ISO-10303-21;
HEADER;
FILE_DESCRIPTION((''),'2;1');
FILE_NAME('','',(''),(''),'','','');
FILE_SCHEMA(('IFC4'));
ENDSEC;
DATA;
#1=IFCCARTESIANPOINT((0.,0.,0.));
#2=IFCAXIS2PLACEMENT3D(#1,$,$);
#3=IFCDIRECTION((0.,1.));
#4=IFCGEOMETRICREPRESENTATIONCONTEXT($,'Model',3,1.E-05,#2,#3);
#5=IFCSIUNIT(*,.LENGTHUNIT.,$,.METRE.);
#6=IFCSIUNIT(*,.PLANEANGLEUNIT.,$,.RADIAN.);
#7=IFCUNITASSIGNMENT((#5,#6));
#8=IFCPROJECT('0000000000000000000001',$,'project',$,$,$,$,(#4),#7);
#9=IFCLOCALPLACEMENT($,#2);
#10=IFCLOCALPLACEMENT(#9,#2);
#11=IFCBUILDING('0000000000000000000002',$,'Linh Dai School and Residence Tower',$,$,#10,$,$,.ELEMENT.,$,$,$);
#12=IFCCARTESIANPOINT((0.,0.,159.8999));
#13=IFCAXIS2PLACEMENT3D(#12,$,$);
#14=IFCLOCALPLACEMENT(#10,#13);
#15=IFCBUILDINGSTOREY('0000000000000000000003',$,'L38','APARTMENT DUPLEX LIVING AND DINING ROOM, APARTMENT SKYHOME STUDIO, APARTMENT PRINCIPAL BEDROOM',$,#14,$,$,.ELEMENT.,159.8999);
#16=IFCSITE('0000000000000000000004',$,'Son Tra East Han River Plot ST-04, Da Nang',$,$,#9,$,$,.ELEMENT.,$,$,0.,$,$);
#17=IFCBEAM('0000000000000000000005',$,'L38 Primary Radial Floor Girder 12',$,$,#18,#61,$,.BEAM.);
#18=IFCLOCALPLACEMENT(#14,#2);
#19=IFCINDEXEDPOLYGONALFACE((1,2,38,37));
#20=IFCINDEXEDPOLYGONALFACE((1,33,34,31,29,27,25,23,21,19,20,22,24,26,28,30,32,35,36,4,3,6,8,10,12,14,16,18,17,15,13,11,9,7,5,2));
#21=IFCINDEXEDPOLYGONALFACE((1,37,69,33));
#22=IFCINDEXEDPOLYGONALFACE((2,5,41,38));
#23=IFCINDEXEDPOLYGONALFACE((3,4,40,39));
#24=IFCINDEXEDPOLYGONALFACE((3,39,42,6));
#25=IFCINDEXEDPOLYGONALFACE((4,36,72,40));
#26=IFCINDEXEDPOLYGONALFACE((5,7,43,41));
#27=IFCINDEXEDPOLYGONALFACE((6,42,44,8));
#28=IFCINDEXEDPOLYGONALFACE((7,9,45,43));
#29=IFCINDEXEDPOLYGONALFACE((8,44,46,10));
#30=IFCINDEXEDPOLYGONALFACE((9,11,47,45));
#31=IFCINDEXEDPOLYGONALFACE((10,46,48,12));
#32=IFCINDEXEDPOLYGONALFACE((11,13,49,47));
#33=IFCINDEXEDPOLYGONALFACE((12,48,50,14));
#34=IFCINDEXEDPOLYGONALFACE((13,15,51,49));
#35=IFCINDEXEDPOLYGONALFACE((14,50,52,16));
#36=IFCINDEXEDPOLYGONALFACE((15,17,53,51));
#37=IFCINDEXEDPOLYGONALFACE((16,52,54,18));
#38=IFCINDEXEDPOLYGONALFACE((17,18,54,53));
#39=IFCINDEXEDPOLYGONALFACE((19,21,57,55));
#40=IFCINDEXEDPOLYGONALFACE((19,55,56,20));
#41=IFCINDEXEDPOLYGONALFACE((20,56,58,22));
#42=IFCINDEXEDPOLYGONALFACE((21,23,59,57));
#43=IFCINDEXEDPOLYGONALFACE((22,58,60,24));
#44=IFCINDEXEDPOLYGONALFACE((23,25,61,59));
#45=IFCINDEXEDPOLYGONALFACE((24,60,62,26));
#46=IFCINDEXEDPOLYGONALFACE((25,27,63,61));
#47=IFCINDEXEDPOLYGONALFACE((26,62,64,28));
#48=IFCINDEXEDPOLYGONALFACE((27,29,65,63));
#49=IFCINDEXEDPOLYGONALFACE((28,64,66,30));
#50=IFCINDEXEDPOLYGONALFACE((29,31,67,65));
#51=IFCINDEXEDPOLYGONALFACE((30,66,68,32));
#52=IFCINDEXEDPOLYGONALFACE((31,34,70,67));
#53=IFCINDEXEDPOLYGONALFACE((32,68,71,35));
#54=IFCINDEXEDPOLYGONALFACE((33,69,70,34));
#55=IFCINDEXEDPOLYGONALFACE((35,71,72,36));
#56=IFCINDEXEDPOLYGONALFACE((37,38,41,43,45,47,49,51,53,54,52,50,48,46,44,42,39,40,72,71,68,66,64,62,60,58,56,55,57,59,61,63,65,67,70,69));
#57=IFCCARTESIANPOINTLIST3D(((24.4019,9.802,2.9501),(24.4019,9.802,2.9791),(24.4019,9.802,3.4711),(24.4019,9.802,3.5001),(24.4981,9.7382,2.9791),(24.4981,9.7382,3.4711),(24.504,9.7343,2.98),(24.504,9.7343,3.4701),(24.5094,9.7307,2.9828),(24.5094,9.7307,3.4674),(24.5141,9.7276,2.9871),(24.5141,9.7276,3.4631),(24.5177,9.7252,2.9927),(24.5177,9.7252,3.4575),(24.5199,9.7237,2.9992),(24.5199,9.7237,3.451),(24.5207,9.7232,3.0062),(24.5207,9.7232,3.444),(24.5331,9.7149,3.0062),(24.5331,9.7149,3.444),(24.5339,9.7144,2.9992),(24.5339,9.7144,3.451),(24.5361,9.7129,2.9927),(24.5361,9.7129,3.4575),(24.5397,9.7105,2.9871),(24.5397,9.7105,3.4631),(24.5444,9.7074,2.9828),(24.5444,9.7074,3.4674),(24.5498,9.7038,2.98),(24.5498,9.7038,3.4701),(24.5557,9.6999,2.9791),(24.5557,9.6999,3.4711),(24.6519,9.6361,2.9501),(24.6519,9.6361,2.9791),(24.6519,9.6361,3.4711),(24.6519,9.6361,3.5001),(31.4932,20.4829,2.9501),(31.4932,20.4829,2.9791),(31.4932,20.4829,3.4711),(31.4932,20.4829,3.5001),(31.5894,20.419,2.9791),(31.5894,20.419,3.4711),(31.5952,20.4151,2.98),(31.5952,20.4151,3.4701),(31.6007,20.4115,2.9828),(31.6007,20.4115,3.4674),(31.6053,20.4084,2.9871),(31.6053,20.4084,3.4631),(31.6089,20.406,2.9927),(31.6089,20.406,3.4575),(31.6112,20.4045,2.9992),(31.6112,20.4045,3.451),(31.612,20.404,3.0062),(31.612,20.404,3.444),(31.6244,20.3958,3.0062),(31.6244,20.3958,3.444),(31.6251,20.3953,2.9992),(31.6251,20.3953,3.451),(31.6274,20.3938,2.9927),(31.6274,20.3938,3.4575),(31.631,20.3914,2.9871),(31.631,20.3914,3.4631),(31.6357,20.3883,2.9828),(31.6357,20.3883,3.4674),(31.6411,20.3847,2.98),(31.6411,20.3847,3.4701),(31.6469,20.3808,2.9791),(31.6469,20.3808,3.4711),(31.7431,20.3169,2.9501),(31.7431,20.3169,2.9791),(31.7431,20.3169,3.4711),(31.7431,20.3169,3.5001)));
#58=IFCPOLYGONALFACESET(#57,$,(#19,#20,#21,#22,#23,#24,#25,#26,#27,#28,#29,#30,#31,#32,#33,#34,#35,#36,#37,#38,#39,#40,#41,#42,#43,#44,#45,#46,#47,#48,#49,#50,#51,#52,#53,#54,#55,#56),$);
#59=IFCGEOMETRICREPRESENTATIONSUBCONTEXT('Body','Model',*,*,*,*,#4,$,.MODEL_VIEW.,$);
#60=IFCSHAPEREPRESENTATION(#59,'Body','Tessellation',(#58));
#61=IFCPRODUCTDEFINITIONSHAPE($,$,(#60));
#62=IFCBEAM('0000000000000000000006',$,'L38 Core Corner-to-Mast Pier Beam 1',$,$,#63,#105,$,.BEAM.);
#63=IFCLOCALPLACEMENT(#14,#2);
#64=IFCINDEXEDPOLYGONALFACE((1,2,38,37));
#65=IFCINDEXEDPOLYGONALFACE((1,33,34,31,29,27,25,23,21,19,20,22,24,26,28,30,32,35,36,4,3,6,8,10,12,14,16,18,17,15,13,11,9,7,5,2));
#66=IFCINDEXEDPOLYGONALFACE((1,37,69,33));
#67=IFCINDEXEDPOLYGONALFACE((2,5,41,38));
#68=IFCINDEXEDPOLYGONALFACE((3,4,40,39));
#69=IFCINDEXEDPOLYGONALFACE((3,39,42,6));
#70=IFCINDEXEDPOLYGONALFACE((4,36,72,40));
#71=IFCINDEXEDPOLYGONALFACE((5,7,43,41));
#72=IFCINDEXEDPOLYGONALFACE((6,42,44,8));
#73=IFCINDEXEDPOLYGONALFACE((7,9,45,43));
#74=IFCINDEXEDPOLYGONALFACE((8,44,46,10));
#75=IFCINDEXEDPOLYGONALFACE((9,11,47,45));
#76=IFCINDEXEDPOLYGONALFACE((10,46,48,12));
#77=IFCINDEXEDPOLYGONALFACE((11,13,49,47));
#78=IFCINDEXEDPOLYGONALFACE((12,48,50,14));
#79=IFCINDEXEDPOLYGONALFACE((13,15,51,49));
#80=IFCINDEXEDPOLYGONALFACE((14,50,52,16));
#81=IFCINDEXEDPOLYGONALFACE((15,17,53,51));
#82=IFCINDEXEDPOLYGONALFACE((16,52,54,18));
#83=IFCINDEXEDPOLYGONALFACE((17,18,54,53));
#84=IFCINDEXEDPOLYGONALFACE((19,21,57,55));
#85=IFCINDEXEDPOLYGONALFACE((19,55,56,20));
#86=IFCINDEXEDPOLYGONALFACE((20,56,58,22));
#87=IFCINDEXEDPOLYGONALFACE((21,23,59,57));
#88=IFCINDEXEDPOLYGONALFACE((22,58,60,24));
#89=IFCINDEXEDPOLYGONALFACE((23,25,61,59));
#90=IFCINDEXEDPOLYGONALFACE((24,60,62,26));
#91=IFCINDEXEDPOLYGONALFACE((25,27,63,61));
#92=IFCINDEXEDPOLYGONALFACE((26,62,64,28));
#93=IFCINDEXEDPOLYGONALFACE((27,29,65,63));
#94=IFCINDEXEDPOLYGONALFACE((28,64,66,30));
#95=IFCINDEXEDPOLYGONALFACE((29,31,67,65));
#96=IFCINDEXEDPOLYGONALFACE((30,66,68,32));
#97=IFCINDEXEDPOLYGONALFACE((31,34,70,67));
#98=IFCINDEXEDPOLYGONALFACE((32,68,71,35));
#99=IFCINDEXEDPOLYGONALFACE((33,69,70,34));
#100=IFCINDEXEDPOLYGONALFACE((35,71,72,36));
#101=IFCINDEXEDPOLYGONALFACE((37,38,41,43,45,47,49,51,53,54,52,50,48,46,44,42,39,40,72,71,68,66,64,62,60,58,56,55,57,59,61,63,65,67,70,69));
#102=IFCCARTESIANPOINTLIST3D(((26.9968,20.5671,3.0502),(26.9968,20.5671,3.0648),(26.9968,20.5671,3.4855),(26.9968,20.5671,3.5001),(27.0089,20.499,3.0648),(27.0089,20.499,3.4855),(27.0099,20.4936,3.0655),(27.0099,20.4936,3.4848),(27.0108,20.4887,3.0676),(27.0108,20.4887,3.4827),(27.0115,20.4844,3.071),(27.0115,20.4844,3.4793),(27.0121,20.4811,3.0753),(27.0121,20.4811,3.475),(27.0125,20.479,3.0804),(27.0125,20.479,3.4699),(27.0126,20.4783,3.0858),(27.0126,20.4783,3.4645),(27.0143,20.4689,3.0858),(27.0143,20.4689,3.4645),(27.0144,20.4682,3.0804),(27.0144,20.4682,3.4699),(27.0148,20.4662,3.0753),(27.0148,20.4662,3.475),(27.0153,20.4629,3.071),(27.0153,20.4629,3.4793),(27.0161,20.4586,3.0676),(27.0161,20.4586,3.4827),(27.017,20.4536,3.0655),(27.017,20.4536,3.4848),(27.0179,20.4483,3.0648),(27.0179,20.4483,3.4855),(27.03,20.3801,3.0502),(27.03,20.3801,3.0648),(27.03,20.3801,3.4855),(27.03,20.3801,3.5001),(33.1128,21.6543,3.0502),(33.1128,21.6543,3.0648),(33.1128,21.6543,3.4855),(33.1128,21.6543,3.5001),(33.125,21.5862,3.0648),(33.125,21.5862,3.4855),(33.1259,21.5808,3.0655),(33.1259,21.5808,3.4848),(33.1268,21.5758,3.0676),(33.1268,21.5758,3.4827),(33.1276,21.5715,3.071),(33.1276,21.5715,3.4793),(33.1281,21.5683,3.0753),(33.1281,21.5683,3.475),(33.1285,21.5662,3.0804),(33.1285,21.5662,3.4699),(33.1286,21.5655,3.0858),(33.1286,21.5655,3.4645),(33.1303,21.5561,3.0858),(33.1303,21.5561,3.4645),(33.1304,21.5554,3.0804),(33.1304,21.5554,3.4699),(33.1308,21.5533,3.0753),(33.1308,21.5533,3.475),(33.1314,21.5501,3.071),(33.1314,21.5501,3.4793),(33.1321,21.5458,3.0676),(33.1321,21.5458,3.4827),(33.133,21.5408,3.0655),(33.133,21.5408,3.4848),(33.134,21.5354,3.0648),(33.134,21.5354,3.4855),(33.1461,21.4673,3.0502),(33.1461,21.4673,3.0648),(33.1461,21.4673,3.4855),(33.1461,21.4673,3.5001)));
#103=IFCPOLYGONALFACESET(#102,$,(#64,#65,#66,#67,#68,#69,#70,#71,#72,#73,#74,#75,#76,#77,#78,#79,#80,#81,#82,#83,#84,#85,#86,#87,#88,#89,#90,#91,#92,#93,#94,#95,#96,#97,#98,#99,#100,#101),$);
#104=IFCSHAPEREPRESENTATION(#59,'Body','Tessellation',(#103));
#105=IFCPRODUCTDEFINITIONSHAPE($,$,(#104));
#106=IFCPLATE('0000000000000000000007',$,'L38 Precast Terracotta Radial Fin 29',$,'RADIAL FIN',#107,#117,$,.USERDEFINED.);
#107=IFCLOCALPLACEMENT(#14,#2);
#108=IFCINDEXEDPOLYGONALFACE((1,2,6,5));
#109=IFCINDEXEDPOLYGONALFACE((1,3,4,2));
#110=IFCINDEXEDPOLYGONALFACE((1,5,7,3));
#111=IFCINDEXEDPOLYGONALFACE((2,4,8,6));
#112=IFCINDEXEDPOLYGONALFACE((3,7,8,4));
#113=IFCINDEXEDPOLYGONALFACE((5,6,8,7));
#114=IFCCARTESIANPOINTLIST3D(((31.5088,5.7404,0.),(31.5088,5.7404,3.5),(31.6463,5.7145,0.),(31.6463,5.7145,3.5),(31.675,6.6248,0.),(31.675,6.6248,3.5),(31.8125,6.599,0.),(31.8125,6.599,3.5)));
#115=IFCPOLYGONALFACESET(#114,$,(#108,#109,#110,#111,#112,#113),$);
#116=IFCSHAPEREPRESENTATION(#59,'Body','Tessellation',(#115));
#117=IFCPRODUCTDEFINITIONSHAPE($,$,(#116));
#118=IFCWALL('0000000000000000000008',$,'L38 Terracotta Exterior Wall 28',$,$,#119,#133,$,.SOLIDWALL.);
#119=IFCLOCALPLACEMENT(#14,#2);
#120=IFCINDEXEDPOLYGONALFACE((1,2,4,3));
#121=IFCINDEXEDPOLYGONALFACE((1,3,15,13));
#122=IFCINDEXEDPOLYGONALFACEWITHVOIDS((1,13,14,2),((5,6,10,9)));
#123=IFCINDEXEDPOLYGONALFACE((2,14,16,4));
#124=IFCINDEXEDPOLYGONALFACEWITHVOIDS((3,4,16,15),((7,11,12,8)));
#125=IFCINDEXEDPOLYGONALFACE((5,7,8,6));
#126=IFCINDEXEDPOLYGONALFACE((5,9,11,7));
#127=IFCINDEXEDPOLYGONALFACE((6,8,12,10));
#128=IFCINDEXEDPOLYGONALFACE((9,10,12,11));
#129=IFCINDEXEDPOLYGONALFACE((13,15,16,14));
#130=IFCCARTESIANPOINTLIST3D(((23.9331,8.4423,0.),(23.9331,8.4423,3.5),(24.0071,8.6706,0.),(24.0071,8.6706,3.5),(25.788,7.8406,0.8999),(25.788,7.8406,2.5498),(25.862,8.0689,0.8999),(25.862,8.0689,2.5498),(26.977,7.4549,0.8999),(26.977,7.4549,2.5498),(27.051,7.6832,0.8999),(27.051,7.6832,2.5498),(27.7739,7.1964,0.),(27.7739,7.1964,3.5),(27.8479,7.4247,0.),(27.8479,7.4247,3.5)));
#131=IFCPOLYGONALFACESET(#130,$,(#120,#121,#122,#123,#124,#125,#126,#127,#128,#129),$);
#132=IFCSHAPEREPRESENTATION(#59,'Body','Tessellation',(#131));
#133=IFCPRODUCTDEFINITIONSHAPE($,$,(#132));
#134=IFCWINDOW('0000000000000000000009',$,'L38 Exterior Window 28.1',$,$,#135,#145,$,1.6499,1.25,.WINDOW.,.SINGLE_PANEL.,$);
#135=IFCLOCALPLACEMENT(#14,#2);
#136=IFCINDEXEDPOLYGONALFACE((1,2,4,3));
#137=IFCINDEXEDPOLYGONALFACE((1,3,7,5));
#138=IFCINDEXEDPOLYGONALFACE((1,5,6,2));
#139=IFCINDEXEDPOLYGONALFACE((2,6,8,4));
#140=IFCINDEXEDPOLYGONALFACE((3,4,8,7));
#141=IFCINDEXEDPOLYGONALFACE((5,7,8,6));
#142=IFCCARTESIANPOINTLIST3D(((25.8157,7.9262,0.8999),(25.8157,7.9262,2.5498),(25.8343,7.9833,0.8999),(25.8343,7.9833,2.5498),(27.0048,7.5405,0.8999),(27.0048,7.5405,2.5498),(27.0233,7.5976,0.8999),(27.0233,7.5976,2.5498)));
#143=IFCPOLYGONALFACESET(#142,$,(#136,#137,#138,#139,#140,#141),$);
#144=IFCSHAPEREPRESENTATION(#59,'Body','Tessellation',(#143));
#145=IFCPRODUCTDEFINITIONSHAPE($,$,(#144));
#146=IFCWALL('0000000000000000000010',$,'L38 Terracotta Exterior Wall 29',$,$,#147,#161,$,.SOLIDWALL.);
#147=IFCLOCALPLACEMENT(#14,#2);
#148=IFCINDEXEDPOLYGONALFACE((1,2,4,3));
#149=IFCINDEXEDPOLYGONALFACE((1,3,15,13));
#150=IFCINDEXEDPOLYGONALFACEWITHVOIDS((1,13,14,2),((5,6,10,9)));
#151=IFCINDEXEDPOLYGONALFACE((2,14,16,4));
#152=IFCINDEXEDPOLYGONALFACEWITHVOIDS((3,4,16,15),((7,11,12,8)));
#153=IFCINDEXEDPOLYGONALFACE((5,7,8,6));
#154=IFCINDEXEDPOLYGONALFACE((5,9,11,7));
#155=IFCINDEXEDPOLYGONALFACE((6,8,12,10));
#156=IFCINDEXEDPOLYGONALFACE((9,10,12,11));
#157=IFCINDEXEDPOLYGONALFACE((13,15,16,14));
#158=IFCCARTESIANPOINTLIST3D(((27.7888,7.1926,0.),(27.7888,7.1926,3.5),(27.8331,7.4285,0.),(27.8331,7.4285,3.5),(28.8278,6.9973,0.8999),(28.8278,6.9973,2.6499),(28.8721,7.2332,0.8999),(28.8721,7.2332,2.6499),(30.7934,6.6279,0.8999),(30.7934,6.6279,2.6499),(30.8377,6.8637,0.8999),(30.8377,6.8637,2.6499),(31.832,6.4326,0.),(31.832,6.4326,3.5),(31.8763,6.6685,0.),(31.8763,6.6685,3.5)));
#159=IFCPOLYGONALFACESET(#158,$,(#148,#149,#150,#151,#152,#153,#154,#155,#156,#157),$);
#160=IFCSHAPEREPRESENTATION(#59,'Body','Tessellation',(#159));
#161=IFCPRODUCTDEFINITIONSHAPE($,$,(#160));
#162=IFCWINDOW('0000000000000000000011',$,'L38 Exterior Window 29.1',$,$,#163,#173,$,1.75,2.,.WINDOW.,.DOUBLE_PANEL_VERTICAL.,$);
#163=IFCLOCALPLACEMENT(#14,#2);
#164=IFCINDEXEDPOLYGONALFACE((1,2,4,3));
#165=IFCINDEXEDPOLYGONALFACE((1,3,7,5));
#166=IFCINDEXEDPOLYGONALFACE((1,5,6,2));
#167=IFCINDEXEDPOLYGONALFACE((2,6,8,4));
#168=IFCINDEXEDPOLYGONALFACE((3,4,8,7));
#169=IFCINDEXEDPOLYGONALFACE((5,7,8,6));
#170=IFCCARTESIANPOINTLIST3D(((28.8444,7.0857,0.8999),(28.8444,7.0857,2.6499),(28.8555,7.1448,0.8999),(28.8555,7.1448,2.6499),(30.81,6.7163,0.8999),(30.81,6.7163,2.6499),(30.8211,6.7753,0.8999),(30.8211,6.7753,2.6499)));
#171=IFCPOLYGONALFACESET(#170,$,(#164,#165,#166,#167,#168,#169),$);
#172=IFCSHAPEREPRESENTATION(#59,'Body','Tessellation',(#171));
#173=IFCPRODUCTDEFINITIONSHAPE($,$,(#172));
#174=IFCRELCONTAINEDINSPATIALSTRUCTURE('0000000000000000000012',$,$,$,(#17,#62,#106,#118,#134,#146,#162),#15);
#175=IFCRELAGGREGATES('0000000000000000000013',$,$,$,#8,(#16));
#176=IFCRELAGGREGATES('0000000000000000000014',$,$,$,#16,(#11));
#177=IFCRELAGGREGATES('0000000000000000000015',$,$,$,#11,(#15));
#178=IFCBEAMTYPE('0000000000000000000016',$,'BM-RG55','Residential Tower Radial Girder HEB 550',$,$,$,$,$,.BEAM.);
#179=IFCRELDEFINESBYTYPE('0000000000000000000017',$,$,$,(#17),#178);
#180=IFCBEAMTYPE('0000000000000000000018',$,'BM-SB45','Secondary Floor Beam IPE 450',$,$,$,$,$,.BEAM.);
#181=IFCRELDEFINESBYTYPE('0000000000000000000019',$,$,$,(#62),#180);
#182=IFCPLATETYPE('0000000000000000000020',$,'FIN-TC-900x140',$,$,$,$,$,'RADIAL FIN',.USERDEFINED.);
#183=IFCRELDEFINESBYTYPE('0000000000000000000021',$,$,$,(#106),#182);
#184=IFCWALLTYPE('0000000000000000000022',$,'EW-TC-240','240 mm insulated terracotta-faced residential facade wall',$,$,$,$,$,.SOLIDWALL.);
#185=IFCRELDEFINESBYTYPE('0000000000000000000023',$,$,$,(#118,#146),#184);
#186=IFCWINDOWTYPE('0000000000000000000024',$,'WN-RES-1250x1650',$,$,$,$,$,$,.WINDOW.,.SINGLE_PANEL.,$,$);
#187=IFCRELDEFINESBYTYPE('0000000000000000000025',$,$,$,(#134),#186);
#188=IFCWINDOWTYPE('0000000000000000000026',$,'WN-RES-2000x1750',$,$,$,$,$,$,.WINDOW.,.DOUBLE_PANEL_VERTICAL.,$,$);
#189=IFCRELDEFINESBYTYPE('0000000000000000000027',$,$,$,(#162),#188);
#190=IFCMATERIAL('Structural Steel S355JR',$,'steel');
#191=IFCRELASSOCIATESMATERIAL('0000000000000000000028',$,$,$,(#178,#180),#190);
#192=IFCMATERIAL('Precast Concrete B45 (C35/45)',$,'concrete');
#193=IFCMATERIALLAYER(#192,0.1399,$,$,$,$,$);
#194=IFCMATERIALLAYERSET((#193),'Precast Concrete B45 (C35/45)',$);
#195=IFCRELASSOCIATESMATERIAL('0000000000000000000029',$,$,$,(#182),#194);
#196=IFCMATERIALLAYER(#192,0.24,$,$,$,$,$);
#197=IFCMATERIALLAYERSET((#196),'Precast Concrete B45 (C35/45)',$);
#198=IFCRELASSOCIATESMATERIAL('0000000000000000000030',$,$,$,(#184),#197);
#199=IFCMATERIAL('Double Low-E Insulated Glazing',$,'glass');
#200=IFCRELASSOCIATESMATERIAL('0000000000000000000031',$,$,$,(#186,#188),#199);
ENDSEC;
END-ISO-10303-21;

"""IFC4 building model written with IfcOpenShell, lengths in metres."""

from ifc_helpers import new_model, si_unit, direction, frame, frame_2d, origin, origin_2d, place, context, subcontext, project, spatial, rectangle, i_section, extrude, source, transform, mapped, material, layer, layer_set, material_profile, profile_set, type_object, element, fill, save


model = new_model("IFC4")

# Units and contexts
model_context = context("Model", 3, precision=1e-05, world=origin(), true_north=direction((0.0, 1.0)))
body_context = subcontext(model_context, "Body", "Model", "MODEL_VIEW")
ifc_project = project(units=[si_unit("LENGTHUNIT", "METRE"), si_unit("PLANEANGLEUNIT", "RADIAN")], contexts=[model_context])

# Site, building, storey
site_placement = place(None, origin())
site = spatial("IfcSite", under=ifc_project, at=site_placement, Name="Son Tra East Han River Plot ST-04, Da Nang", CompositionType="ELEMENT", RefElevation=0.0)
building_placement = place(site_placement, origin())
building = spatial("IfcBuilding", under=site, at=building_placement, Name="Linh Dai School and Residence Tower", CompositionType="ELEMENT")
storey_placement = place(building_placement, frame((0.0, 0.0, 159.8999)))
storey = spatial("IfcBuildingStorey", under=building, at=storey_placement, Name="L38", Description="APARTMENT DUPLEX LIVING AND DINING ROOM, APARTMENT SKYHOME STUDIO, APARTMENT PRINCIPAL BEDROOM", CompositionType="ELEMENT", Elevation=159.8999)

# Beams
ifc_material_1 = material(Name="Structural Steel S355JR", Category="steel")
ifc_material_profile_1 = material_profile(ifc_material_1, i_section(OverallWidth=0.3, OverallDepth=0.55, WebThickness=0.0149, FlangeThickness=0.0291, FilletRadius=0.0271, at=origin_2d()), Name="HEB 550")
ifc_profile_set_1 = profile_set([ifc_material_profile_1], Name="Structural Steel S355JR")
beam_type_1 = type_object("IfcBeamType", Name="BM-RG55", Description="Residential Tower Radial Girder HEB 550", PredefinedType="BEAM", material=ifc_profile_set_1)
beam_1_placement = place(storey_placement, frame((31.6182, 20.3999, 3.2251), z_axis=(-0.553117, -0.833103, 0.0), x_axis=(0.833103, -0.553117, 0.0)))
element("IfcBeam", 1, at=beam_1_placement, inside=storey, type_object=beam_type_1, Name="L38 Primary Radial Floor Girder 12", PredefinedType="BEAM", context=body_context, shape_type="SweptSolid", body=[
    extrude(i_section(OverallWidth=0.3, OverallDepth=0.55, WebThickness=0.0149, FlangeThickness=0.0291, FilletRadius=0.0271, at=origin_2d()), origin(), (0.0, 0.0, 1.0), 12.8206),
])
ifc_material_profile_2 = material_profile(ifc_material_1, i_section(OverallWidth=0.1899, OverallDepth=0.45, WebThickness=0.0095, FlangeThickness=0.0146, FilletRadius=0.021, at=origin_2d()), Name="IPE 450")
ifc_profile_set_2 = profile_set([ifc_material_profile_2], Name="Structural Steel S355JR")
beam_type_2 = type_object("IfcBeamType", Name="BM-SB45", Description="Secondary Floor Beam IPE 450", PredefinedType="BEAM", material=ifc_profile_set_2)
beam_2_placement = place(storey_placement, frame((27.0134, 20.4736, 3.2751), z_axis=(0.984566, 0.175014, 0.0), x_axis=(-0.175014, 0.984566, 0.0)))
element("IfcBeam", 2, at=beam_2_placement, inside=storey, type_object=beam_type_2, Name="L38 Core Corner-to-Mast Pier Beam 1", PredefinedType="BEAM", context=body_context, shape_type="SweptSolid", body=[
    extrude(i_section(OverallWidth=0.1899, OverallDepth=0.45, WebThickness=0.0095, FlangeThickness=0.0146, FilletRadius=0.021, at=origin_2d()), origin(), (0.0, 0.0, 1.0), 6.2119),
])

# Plate
ifc_material_2 = material(Name="Precast Concrete B45 (C35/45)", Category="concrete")
ifc_layer_1 = layer(ifc_material_2, 0.1399)
ifc_layer_set_1 = layer_set([ifc_layer_1], Name="Precast Concrete B45 (C35/45)")
plate_type = type_object("IfcPlateType", Name="FIN-TC-900x140", ElementType="RADIAL FIN", PredefinedType="USERDEFINED", material=ifc_layer_set_1)
shared_shape_1 = source(origin(), body_context, "Body", "SweptSolid", [
    extrude(rectangle(XDim=0.8999, YDim=0.1399, at=origin_2d()), origin(), (0.0, 0.0, 1.0), 3.5),
])
plate_placement = place(storey_placement, frame((31.6606, 6.1697, 0.0), z_axis=(0.0, 0.0, 1.0), x_axis=(-0.184763, -0.982783, 0.0)))
element("IfcPlate", 3, at=plate_placement, inside=storey, type_object=plate_type, Name="L38 Precast Terracotta Radial Fin 29", ObjectType="RADIAL FIN", PredefinedType="USERDEFINED", context=body_context, shape_type="MappedRepresentation", body=[
    mapped(shared_shape_1, transform((0.0, 0.0, 0.0), x_axis=(1.0, 0.0, 0.0), y_axis=(0.0, 1.0, 0.0), z_axis=(0.0, 0.0, 1.0), scale=1.0)),
])

# Walls, openings, windows
ifc_layer_2 = layer(ifc_material_2, 0.24)
ifc_layer_set_2 = layer_set([ifc_layer_2], Name="Precast Concrete B45 (C35/45)")
wall_type_1 = type_object("IfcWallType", Name="EW-TC-240", Description="240 mm insulated terracotta-faced residential facade wall", PredefinedType="SOLIDWALL", material=ifc_layer_set_2)
wall_1_placement = place(storey_placement, frame((27.811, 7.3105, 0.0), z_axis=(0.0, 0.0, 1.0), x_axis=(-0.95121, 0.308545, 0.0)))
wall_1 = element("IfcWall", 4, at=wall_1_placement, inside=storey, type_object=wall_type_1, Name="L38 Terracotta Exterior Wall 28", PredefinedType="SOLIDWALL", context=body_context, shape_type="SweptSolid", body=[
    extrude(rectangle(XDim=4.0378, YDim=0.24, at=frame_2d((2.019, 0.0))), origin(), (0.0, 0.0, 1.0), 3.5),
])
opening_1_placement = place(wall_1_placement, frame((0.8379, 0.0, 0.8999)))
opening_1 = element("IfcOpeningElement", 5, at=opening_1_placement, cuts=wall_1, PredefinedType="OPENING", context=body_context, shape_type="SweptSolid", body=[
    extrude(rectangle(XDim=1.25, YDim=1.6499, at=origin_2d()), frame((0.625, 0.1299, 0.825), z_axis=(0.0, -1.0, 0.0), x_axis=(1.0, 0.0, 0.0)), (0.0, 0.0, 1.0), 0.26),
])
ifc_material_3 = material(Name="Double Low-E Insulated Glazing", Category="glass")
window_type_1 = type_object("IfcWindowType", Name="WN-RES-1250x1650", PartitioningType="SINGLE_PANEL", PredefinedType="WINDOW", material=ifc_material_3)
shared_shape_2 = source(origin(), body_context, "Body", "SweptSolid", [
    extrude(rectangle(XDim=1.25, YDim=1.6499, at=origin_2d()), frame((0.625, 0.03, 0.825), z_axis=(0.0, -1.0, 0.0), x_axis=(1.0, 0.0, 0.0)), (0.0, 0.0, 1.0), 0.0601),
])
window_1_placement = place(opening_1_placement, origin())
window_1 = element("IfcWindow", 6, at=window_1_placement, inside=storey, type_object=window_type_1, Name="L38 Exterior Window 28.1", OverallHeight=1.6499, OverallWidth=1.25, PartitioningType="SINGLE_PANEL", PredefinedType="WINDOW", context=body_context, shape_type="MappedRepresentation", body=[
    mapped(shared_shape_2, transform((0.0, 0.0, 0.0), x_axis=(1.0, 0.0, 0.0), y_axis=(0.0, 1.0, 0.0), z_axis=(0.0, 0.0, 1.0), scale=1.0)),
])
fill(opening_1, window_1)
wall_2_placement = place(storey_placement, frame((31.8542, 6.5505, 0.0), z_axis=(0.0, 0.0, 1.0), x_axis=(-0.982788, 0.184736, 0.0)))
wall_2 = element("IfcWall", 7, at=wall_2_placement, inside=storey, type_object=wall_type_1, Name="L38 Terracotta Exterior Wall 29", PredefinedType="SOLIDWALL", context=body_context, shape_type="SweptSolid", body=[
    extrude(rectangle(XDim=4.114, YDim=0.24, at=frame_2d((2.0571, 0.0))), origin(), (0.0, 0.0, 1.0), 3.5),
])
opening_2_placement = place(wall_2_placement, frame((1.0569, 0.0, 0.8999)))
opening_2 = element("IfcOpeningElement", 8, at=opening_2_placement, cuts=wall_2, PredefinedType="OPENING", context=body_context, shape_type="SweptSolid", body=[
    extrude(rectangle(XDim=2.0, YDim=1.75, at=origin_2d()), frame((1.0, 0.1299, 0.875), z_axis=(0.0, -1.0, 0.0), x_axis=(1.0, 0.0, 0.0)), (0.0, 0.0, 1.0), 0.26),
])
window_type_2 = type_object("IfcWindowType", Name="WN-RES-2000x1750", PartitioningType="DOUBLE_PANEL_VERTICAL", PredefinedType="WINDOW", material=ifc_material_3)
shared_shape_3 = source(origin(), body_context, "Body", "SweptSolid", [
    extrude(rectangle(XDim=2.0, YDim=1.75, at=origin_2d()), frame((1.0, 0.03, 0.875), z_axis=(0.0, -1.0, 0.0), x_axis=(1.0, 0.0, 0.0)), (0.0, 0.0, 1.0), 0.0601),
])
window_2_placement = place(opening_2_placement, origin())
window_2 = element("IfcWindow", 9, at=window_2_placement, inside=storey, type_object=window_type_2, Name="L38 Exterior Window 29.1", OverallHeight=1.75, OverallWidth=2.0, PartitioningType="DOUBLE_PANEL_VERTICAL", PredefinedType="WINDOW", context=body_context, shape_type="MappedRepresentation", body=[
    mapped(shared_shape_3, transform((0.0, 0.0, 0.0), x_axis=(1.0, 0.0, 0.0), y_axis=(0.0, 1.0, 0.0), z_axis=(0.0, 0.0, 1.0), scale=1.0)),
])
fill(opening_2, window_2)

save(model, "model.ifc")
